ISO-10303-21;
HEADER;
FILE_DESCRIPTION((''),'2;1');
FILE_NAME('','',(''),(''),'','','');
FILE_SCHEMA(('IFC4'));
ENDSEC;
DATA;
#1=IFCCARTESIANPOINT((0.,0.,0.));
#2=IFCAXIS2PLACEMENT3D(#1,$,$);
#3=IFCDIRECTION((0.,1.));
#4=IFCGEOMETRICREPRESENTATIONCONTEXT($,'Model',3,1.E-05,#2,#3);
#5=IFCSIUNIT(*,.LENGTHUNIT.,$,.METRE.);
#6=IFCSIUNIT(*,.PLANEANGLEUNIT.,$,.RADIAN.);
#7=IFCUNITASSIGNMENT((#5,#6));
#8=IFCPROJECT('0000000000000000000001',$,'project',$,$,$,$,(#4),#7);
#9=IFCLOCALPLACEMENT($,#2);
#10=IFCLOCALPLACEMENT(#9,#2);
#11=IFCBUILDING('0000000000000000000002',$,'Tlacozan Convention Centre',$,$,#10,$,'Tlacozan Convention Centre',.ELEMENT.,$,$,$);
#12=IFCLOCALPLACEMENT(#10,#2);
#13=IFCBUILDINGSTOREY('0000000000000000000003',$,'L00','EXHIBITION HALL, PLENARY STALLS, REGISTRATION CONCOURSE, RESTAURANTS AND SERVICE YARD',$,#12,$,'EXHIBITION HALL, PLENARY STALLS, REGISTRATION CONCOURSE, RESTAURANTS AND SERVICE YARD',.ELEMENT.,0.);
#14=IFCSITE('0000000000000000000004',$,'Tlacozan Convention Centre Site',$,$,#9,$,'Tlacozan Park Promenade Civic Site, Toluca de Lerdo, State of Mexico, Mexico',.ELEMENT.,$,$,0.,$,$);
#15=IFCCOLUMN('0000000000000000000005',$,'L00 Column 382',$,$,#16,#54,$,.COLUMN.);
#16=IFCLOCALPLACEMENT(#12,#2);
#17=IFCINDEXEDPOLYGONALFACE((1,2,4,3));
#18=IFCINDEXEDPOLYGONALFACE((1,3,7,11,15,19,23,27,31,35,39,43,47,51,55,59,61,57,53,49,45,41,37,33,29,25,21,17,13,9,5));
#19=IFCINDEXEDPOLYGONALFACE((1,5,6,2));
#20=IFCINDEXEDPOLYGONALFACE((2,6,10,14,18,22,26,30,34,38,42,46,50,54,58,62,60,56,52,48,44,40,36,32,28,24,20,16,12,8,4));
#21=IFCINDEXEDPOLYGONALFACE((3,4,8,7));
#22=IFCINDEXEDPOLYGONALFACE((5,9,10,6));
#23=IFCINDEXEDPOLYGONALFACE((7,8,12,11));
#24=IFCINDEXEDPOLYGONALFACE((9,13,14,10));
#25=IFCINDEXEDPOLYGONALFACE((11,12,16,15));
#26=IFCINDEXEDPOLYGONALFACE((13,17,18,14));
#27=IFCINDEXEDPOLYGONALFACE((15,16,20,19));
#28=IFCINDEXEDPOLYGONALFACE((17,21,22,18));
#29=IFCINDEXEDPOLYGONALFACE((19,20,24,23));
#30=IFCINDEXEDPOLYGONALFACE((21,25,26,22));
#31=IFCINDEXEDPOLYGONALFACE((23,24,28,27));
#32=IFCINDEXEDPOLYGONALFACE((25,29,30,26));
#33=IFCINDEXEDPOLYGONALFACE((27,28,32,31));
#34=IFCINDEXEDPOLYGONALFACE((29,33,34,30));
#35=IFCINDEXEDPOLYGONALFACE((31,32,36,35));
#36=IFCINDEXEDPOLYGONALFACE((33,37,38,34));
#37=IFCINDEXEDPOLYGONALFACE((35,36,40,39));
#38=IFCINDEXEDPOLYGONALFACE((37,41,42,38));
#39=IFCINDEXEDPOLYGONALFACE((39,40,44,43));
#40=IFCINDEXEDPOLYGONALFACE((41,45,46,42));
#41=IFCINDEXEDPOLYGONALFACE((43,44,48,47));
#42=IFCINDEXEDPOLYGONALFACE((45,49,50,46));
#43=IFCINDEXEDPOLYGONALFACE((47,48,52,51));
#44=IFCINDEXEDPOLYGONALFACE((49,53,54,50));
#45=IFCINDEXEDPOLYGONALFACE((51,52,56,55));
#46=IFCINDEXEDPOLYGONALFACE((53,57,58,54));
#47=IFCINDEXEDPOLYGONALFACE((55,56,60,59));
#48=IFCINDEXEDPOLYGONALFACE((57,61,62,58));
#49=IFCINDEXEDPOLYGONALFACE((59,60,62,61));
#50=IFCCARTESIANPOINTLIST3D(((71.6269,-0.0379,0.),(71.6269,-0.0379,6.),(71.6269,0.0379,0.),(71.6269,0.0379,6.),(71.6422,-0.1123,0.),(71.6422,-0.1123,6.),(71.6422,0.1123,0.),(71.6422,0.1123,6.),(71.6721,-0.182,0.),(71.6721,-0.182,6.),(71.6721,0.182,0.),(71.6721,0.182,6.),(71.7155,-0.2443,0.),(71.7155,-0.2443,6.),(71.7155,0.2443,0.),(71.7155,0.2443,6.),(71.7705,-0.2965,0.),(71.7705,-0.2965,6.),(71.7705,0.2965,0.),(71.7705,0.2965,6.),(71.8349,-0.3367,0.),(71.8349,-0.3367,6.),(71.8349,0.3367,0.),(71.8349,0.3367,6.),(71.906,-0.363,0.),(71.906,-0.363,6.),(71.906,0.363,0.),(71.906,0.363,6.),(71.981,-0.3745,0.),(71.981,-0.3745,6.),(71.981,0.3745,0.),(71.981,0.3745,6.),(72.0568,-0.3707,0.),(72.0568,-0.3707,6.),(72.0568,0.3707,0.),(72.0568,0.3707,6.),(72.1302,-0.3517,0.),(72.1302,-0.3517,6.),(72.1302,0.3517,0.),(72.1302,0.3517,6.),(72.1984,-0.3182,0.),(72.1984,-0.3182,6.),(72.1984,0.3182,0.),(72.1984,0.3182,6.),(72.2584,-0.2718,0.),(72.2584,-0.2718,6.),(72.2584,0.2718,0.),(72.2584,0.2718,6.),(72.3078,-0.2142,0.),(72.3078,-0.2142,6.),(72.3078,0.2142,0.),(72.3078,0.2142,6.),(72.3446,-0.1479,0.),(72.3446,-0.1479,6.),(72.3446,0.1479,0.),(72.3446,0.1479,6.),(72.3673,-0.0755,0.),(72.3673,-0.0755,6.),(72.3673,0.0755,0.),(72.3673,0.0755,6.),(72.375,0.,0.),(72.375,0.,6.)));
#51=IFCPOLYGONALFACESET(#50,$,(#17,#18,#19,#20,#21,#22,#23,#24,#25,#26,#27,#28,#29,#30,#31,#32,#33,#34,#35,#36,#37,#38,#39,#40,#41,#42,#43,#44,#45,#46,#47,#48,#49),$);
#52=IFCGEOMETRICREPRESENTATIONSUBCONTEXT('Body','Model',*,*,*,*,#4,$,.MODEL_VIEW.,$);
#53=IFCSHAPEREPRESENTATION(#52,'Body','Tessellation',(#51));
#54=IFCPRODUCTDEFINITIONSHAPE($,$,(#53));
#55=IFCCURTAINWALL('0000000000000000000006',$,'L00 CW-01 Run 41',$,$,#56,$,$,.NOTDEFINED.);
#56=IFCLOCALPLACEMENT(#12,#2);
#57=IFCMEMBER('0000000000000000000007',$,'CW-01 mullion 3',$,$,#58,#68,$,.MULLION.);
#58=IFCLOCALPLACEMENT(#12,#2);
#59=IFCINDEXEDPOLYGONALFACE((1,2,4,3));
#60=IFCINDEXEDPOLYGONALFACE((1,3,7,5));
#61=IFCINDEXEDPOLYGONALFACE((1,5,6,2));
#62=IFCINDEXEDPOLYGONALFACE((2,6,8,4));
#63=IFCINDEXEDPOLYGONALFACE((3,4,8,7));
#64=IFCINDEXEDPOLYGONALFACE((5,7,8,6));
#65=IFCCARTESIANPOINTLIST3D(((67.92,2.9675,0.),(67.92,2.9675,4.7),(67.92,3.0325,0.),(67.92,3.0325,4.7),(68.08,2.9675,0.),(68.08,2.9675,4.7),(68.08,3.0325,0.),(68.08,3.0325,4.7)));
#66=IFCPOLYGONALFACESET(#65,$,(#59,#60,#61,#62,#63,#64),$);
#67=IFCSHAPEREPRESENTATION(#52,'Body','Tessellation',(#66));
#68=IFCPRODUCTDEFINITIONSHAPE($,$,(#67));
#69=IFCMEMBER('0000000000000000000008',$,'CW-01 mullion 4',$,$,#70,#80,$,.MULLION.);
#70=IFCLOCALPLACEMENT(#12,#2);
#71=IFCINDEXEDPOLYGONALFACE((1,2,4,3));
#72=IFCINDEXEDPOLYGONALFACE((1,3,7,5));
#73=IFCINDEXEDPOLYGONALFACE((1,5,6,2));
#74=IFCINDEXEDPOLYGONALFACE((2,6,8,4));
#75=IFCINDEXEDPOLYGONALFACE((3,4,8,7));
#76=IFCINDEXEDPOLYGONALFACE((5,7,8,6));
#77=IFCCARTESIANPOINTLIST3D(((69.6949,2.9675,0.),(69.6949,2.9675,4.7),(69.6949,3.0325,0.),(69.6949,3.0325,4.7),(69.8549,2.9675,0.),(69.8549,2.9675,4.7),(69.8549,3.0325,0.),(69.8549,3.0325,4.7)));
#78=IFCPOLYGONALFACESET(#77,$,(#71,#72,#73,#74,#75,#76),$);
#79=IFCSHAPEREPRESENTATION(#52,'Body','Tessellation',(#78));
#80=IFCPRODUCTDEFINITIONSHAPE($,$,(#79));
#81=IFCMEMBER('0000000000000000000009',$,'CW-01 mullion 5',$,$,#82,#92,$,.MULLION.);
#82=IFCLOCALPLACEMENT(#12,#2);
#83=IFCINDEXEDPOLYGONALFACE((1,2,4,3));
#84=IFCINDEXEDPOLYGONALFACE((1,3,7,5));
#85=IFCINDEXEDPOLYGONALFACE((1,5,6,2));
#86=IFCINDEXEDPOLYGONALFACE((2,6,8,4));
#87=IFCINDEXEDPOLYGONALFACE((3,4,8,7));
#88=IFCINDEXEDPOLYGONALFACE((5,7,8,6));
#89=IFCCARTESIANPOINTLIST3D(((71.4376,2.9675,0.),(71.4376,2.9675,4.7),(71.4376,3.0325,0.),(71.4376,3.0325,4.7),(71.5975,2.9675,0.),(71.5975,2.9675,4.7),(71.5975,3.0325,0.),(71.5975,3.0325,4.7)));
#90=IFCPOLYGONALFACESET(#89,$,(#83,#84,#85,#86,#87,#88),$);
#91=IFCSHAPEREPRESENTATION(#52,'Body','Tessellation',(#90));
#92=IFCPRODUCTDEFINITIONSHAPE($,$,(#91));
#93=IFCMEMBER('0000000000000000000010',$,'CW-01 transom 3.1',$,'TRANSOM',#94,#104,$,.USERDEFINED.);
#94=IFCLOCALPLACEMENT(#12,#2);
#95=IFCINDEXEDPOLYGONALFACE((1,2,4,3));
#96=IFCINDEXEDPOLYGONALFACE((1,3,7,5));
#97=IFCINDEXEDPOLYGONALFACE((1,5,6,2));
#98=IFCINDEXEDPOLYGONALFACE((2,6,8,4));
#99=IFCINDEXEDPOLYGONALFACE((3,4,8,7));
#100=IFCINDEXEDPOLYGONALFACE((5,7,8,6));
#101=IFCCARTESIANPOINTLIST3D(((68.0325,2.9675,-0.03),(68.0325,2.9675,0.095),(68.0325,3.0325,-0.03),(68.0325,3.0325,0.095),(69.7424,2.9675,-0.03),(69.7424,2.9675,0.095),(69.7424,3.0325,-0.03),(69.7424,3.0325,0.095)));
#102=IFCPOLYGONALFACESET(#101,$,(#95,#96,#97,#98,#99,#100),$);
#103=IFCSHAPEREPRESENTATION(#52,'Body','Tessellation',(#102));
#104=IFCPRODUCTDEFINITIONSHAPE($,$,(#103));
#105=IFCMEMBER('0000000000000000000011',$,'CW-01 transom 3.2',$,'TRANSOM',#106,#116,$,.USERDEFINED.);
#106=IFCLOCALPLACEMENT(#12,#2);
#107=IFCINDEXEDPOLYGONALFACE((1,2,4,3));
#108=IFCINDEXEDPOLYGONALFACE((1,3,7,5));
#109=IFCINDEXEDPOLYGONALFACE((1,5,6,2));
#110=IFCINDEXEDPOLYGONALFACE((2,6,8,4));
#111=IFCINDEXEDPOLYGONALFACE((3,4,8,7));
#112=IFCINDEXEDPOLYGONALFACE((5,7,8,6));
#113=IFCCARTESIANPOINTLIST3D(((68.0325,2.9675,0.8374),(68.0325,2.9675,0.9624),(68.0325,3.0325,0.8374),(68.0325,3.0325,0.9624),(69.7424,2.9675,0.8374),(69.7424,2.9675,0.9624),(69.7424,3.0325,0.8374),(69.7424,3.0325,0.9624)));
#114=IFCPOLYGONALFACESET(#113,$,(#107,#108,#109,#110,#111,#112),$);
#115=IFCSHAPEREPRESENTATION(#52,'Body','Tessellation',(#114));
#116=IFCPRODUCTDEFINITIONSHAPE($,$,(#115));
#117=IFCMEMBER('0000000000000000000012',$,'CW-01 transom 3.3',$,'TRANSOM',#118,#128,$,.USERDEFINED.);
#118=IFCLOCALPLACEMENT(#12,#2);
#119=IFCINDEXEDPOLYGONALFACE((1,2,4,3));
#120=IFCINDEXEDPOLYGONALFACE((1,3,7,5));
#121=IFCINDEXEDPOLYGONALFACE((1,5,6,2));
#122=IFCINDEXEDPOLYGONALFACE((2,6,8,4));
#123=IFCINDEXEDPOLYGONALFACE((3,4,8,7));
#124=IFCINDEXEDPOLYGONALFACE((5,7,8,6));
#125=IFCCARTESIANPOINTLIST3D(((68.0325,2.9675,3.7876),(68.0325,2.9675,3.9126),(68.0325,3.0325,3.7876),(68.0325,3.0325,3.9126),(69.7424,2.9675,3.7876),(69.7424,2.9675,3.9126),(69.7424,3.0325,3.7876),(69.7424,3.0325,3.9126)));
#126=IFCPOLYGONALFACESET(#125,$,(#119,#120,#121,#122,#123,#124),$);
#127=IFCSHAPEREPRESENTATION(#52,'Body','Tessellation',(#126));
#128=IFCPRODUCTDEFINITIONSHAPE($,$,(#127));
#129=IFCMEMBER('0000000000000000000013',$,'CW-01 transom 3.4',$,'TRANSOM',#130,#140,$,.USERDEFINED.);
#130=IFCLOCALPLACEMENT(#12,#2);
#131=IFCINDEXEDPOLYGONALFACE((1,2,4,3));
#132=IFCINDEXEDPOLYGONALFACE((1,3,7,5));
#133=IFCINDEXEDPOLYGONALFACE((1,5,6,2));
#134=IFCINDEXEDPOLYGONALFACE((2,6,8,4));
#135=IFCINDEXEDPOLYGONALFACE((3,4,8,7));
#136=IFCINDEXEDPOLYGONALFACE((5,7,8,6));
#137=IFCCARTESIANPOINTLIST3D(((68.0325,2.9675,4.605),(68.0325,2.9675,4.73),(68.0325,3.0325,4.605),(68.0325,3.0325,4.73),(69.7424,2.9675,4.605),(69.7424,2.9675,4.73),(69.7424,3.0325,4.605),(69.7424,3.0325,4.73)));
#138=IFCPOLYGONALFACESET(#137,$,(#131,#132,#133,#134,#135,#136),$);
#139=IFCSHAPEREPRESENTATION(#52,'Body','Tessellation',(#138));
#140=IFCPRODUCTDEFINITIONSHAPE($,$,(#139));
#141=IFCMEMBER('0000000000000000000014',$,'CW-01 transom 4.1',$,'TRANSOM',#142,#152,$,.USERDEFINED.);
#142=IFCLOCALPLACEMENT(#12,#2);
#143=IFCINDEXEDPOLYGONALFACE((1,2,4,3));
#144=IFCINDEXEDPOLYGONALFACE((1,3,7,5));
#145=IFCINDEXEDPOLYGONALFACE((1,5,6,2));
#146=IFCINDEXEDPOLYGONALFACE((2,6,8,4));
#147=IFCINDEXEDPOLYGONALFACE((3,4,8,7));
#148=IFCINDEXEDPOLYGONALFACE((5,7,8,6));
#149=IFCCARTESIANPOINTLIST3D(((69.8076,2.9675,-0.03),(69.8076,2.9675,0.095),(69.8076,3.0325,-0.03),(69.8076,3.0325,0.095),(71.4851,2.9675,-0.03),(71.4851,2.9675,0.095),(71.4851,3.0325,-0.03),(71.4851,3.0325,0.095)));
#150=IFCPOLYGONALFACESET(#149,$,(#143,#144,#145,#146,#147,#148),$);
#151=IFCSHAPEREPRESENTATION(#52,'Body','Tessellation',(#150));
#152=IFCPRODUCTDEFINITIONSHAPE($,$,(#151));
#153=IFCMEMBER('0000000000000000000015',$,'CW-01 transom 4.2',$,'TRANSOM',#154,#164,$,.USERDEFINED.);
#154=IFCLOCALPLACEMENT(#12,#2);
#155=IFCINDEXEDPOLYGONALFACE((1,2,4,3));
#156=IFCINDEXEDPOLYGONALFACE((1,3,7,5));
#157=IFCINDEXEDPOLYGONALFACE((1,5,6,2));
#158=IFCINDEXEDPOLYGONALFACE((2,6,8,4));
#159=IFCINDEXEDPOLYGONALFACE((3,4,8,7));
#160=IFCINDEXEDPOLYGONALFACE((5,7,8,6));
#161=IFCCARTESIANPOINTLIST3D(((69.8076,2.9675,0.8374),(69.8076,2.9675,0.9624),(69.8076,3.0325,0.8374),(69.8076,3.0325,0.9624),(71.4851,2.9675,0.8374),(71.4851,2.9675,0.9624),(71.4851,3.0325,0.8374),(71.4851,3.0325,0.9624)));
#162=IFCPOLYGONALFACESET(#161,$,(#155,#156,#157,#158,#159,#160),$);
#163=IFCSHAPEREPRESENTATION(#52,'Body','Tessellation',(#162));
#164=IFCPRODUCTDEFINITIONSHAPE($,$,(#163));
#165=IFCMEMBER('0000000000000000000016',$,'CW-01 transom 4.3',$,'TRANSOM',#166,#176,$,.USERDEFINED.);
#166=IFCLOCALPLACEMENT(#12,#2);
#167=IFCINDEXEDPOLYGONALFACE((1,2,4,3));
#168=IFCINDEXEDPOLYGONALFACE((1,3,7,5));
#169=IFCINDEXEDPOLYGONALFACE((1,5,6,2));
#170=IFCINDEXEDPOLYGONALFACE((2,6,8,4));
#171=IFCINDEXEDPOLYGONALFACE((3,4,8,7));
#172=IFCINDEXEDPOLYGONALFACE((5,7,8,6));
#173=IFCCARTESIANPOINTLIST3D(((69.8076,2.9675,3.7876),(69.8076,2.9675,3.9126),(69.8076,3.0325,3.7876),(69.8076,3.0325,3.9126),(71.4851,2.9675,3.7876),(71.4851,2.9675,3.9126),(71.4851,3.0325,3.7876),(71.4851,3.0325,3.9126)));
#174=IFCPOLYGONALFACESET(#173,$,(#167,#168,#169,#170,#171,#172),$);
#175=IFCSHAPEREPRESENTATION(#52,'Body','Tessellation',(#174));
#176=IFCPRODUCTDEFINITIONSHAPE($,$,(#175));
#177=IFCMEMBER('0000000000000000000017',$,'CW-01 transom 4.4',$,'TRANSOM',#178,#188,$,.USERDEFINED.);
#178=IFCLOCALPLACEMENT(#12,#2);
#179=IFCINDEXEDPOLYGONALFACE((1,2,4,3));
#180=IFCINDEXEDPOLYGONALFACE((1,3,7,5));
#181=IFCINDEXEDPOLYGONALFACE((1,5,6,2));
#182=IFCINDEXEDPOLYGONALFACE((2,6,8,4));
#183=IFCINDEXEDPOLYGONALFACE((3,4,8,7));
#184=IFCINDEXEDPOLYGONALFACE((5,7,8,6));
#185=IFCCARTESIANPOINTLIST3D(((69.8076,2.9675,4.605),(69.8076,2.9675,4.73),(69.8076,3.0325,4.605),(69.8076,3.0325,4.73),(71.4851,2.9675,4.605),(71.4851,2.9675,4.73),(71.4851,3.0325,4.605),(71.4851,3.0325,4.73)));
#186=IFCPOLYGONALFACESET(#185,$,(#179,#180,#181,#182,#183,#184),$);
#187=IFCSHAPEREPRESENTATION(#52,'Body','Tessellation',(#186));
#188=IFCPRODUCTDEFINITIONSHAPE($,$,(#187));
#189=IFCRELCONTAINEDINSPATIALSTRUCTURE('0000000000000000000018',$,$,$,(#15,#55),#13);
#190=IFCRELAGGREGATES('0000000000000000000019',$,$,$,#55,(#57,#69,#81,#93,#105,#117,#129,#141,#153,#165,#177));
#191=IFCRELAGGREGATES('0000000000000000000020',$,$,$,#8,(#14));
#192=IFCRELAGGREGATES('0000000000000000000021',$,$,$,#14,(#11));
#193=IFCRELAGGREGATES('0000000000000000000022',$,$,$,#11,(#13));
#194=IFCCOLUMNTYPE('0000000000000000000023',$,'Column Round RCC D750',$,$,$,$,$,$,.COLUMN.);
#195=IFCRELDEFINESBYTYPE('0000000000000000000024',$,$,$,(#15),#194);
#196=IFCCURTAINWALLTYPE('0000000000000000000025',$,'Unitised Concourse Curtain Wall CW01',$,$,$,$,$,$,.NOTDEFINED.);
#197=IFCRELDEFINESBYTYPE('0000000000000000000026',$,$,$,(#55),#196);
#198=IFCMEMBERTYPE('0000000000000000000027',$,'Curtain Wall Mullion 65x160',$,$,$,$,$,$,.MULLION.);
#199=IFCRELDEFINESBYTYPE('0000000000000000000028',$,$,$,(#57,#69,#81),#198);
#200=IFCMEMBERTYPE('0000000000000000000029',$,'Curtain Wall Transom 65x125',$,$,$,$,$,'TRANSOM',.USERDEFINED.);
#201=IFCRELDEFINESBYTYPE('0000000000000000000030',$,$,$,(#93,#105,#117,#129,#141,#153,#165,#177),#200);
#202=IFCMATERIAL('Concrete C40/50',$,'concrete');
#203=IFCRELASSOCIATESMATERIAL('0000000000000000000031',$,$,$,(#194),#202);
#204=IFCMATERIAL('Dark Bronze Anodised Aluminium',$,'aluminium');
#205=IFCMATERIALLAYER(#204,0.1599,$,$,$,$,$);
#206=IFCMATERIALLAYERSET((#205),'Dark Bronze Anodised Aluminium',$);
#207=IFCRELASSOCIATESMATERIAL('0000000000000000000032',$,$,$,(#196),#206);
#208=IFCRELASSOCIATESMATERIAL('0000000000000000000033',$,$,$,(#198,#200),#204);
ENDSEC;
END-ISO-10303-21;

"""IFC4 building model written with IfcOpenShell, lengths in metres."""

from ifc_helpers import new_model, si_unit, direction, frame, origin, origin_2d, place, context, subcontext, project, spatial, rectangle, circle, extrude, material, layer, layer_set, material_profile, profile_set, type_object, element, aggregate, save


model = new_model("IFC4")

# Units and contexts
model_context = context("Model", 3, precision=1e-05, world=origin(), true_north=direction((0.0, 1.0)))
body_context = subcontext(model_context, "Body", "Model", "MODEL_VIEW")
ifc_project = project(units=[si_unit("LENGTHUNIT", "METRE"), si_unit("PLANEANGLEUNIT", "RADIAN")], contexts=[model_context])

# Site, building, storey
site_placement = place(None, origin())
site = spatial("IfcSite", under=ifc_project, at=site_placement, Name="Tlacozan Convention Centre Site", LongName="Tlacozan Park Promenade Civic Site, Toluca de Lerdo, State of Mexico, Mexico", CompositionType="ELEMENT", RefElevation=0.0)
building_placement = place(site_placement, origin())
building = spatial("IfcBuilding", under=site, at=building_placement, Name="Tlacozan Convention Centre", LongName="Tlacozan Convention Centre", CompositionType="ELEMENT")
storey_placement = place(building_placement, origin())
storey = spatial("IfcBuildingStorey", under=building, at=storey_placement, Name="L00", Description="EXHIBITION HALL, PLENARY STALLS, REGISTRATION CONCOURSE, RESTAURANTS AND SERVICE YARD", LongName="EXHIBITION HALL, PLENARY STALLS, REGISTRATION CONCOURSE, RESTAURANTS AND SERVICE YARD", CompositionType="ELEMENT", Elevation=0.0)

# Column
ifc_material_1 = material(Name="Concrete C40/50", Category="concrete")
ifc_material_profile_1 = material_profile(ifc_material_1, circle(Radius=0.375, at=origin_2d()), Name="RCC D750")
ifc_profile_set_1 = profile_set([ifc_material_profile_1], Name="Concrete C40/50")
column_type = type_object("IfcColumnType", Name="Column Round RCC D750", PredefinedType="COLUMN", material=ifc_profile_set_1)
column_placement = place(storey_placement, frame((72.0, 0.0, 0.0), z_axis=(0.0, 0.0, 1.0), x_axis=(1.0, 0.0, 0.0)))
element("IfcColumn", 1, at=column_placement, inside=storey, type_object=column_type, Name="L00 Column 382", PredefinedType="COLUMN", context=body_context, shape_type="SweptSolid", body=[
    extrude(circle(Radius=0.375, at=origin_2d()), origin(), (0.0, 0.0, 1.0), 6.0),
])

# Curtain wall, members
ifc_material_2 = material(Name="Dark Bronze Anodised Aluminium", Category="aluminium")
ifc_layer_1 = layer(ifc_material_2, 0.1599)
ifc_layer_set_1 = layer_set([ifc_layer_1], Name="Dark Bronze Anodised Aluminium")
curtain_wall_type = type_object("IfcCurtainWallType", Name="Unitised Concourse Curtain Wall CW01", PredefinedType="NOTDEFINED", material=ifc_layer_set_1)
curtain_wall_placement = place(storey_placement, origin())
curtain_wall = element("IfcCurtainWall", 2, at=curtain_wall_placement, inside=storey, type_object=curtain_wall_type, Name="L00 CW-01 Run 41", PredefinedType="NOTDEFINED")
ifc_material_profile_2 = material_profile(ifc_material_2, rectangle(XDim=0.0649, YDim=0.1599, at=origin_2d()), Name="ALU 65x160")
ifc_profile_set_2 = profile_set([ifc_material_profile_2], Name="Dark Bronze Anodised Aluminium")
member_type_1 = type_object("IfcMemberType", Name="Curtain Wall Mullion 65x160", PredefinedType="MULLION", material=ifc_profile_set_2)
member_1_placement = place(storey_placement, frame((68.0, 3.0, 0.0), z_axis=(0.0, 0.0, 1.0), x_axis=(0.0, 1.0, 0.0)))
member_1 = element("IfcMember", 3, at=member_1_placement, type_object=member_type_1, Name="CW-01 mullion 3", PredefinedType="MULLION", context=body_context, shape_type="SweptSolid", body=[
    extrude(rectangle(XDim=0.0649, YDim=0.1599, at=origin_2d()), origin(), (0.0, 0.0, 1.0), 4.7),
])
member_2_placement = place(storey_placement, frame((69.7749, 3.0, 0.0), z_axis=(0.0, 0.0, 1.0), x_axis=(0.0, 1.0, 0.0)))
member_2 = element("IfcMember", 4, at=member_2_placement, type_object=member_type_1, Name="CW-01 mullion 4", PredefinedType="MULLION", context=body_context, shape_type="SweptSolid", body=[
    extrude(rectangle(XDim=0.0649, YDim=0.1599, at=origin_2d()), origin(), (0.0, 0.0, 1.0), 4.7),
])
member_3_placement = place(storey_placement, frame((71.5176, 3.0, 0.0), z_axis=(0.0, 0.0, 1.0), x_axis=(0.0, 1.0, 0.0)))
member_3 = element("IfcMember", 5, at=member_3_placement, type_object=member_type_1, Name="CW-01 mullion 5", PredefinedType="MULLION", context=body_context, shape_type="SweptSolid", body=[
    extrude(rectangle(XDim=0.0649, YDim=0.1599, at=origin_2d()), origin(), (0.0, 0.0, 1.0), 4.7),
])
ifc_material_profile_3 = material_profile(ifc_material_2, rectangle(XDim=0.0649, YDim=0.125, at=origin_2d()), Name="ALU 65x125")
ifc_profile_set_3 = profile_set([ifc_material_profile_3], Name="Dark Bronze Anodised Aluminium")
member_type_2 = type_object("IfcMemberType", Name="Curtain Wall Transom 65x125", ElementType="TRANSOM", PredefinedType="USERDEFINED", material=ifc_profile_set_3)
member_4_placement = place(storey_placement, frame((68.0325, 3.0, 0.0325), z_axis=(1.0, 0.0, 0.0), x_axis=(0.0, 1.0, 0.0)))
member_4 = element("IfcMember", 6, at=member_4_placement, type_object=member_type_2, Name="CW-01 transom 3.1", ObjectType="TRANSOM", PredefinedType="USERDEFINED", context=body_context, shape_type="SweptSolid", body=[
    extrude(rectangle(XDim=0.0649, YDim=0.125, at=origin_2d()), origin(), (0.0, 0.0, 1.0), 1.71),
])
member_5_placement = place(storey_placement, frame((68.0325, 3.0, 0.8999), z_axis=(1.0, 0.0, 0.0), x_axis=(0.0, 1.0, 0.0)))
member_5 = element("IfcMember", 7, at=member_5_placement, type_object=member_type_2, Name="CW-01 transom 3.2", ObjectType="TRANSOM", PredefinedType="USERDEFINED", context=body_context, shape_type="SweptSolid", body=[
    extrude(rectangle(XDim=0.0649, YDim=0.125, at=origin_2d()), origin(), (0.0, 0.0, 1.0), 1.71),
])
member_6_placement = place(storey_placement, frame((68.0325, 3.0, 3.8501), z_axis=(1.0, 0.0, 0.0), x_axis=(0.0, 1.0, 0.0)))
member_6 = element("IfcMember", 8, at=member_6_placement, type_object=member_type_2, Name="CW-01 transom 3.3", ObjectType="TRANSOM", PredefinedType="USERDEFINED", context=body_context, shape_type="SweptSolid", body=[
    extrude(rectangle(XDim=0.0649, YDim=0.125, at=origin_2d()), origin(), (0.0, 0.0, 1.0), 1.71),
])
member_7_placement = place(storey_placement, frame((68.0325, 3.0, 4.6675), z_axis=(1.0, 0.0, 0.0), x_axis=(0.0, 1.0, 0.0)))
member_7 = element("IfcMember", 9, at=member_7_placement, type_object=member_type_2, Name="CW-01 transom 3.4", ObjectType="TRANSOM", PredefinedType="USERDEFINED", context=body_context, shape_type="SweptSolid", body=[
    extrude(rectangle(XDim=0.0649, YDim=0.125, at=origin_2d()), origin(), (0.0, 0.0, 1.0), 1.71),
])
member_8_placement = place(storey_placement, frame((69.8076, 3.0, 0.0325), z_axis=(1.0, 0.0, 0.0), x_axis=(0.0, 1.0, 0.0)))
member_8 = element("IfcMember", 10, at=member_8_placement, type_object=member_type_2, Name="CW-01 transom 4.1", ObjectType="TRANSOM", PredefinedType="USERDEFINED", context=body_context, shape_type="SweptSolid", body=[
    extrude(rectangle(XDim=0.0649, YDim=0.125, at=origin_2d()), origin(), (0.0, 0.0, 1.0), 1.6775),
])
member_9_placement = place(storey_placement, frame((69.8076, 3.0, 0.8999), z_axis=(1.0, 0.0, 0.0), x_axis=(0.0, 1.0, 0.0)))
member_9 = element("IfcMember", 11, at=member_9_placement, type_object=member_type_2, Name="CW-01 transom 4.2", ObjectType="TRANSOM", PredefinedType="USERDEFINED", context=body_context, shape_type="SweptSolid", body=[
    extrude(rectangle(XDim=0.0649, YDim=0.125, at=origin_2d()), origin(), (0.0, 0.0, 1.0), 1.6775),
])
member_10_placement = place(storey_placement, frame((69.8076, 3.0, 3.8501), z_axis=(1.0, 0.0, 0.0), x_axis=(0.0, 1.0, 0.0)))
member_10 = element("IfcMember", 12, at=member_10_placement, type_object=member_type_2, Name="CW-01 transom 4.3", ObjectType="TRANSOM", PredefinedType="USERDEFINED", context=body_context, shape_type="SweptSolid", body=[
    extrude(rectangle(XDim=0.0649, YDim=0.125, at=origin_2d()), origin(), (0.0, 0.0, 1.0), 1.6775),
])
member_11_placement = place(storey_placement, frame((69.8076, 3.0, 4.6675), z_axis=(1.0, 0.0, 0.0), x_axis=(0.0, 1.0, 0.0)))
member_11 = element("IfcMember", 13, at=member_11_placement, type_object=member_type_2, Name="CW-01 transom 4.4", ObjectType="TRANSOM", PredefinedType="USERDEFINED", context=body_context, shape_type="SweptSolid", body=[
    extrude(rectangle(XDim=0.0649, YDim=0.125, at=origin_2d()), origin(), (0.0, 0.0, 1.0), 1.6775),
])

aggregate(curtain_wall, [member_1, member_2, member_3, member_4, member_5, member_6, member_7, member_8, member_9, member_10, member_11])

save(model, "model.ifc")
